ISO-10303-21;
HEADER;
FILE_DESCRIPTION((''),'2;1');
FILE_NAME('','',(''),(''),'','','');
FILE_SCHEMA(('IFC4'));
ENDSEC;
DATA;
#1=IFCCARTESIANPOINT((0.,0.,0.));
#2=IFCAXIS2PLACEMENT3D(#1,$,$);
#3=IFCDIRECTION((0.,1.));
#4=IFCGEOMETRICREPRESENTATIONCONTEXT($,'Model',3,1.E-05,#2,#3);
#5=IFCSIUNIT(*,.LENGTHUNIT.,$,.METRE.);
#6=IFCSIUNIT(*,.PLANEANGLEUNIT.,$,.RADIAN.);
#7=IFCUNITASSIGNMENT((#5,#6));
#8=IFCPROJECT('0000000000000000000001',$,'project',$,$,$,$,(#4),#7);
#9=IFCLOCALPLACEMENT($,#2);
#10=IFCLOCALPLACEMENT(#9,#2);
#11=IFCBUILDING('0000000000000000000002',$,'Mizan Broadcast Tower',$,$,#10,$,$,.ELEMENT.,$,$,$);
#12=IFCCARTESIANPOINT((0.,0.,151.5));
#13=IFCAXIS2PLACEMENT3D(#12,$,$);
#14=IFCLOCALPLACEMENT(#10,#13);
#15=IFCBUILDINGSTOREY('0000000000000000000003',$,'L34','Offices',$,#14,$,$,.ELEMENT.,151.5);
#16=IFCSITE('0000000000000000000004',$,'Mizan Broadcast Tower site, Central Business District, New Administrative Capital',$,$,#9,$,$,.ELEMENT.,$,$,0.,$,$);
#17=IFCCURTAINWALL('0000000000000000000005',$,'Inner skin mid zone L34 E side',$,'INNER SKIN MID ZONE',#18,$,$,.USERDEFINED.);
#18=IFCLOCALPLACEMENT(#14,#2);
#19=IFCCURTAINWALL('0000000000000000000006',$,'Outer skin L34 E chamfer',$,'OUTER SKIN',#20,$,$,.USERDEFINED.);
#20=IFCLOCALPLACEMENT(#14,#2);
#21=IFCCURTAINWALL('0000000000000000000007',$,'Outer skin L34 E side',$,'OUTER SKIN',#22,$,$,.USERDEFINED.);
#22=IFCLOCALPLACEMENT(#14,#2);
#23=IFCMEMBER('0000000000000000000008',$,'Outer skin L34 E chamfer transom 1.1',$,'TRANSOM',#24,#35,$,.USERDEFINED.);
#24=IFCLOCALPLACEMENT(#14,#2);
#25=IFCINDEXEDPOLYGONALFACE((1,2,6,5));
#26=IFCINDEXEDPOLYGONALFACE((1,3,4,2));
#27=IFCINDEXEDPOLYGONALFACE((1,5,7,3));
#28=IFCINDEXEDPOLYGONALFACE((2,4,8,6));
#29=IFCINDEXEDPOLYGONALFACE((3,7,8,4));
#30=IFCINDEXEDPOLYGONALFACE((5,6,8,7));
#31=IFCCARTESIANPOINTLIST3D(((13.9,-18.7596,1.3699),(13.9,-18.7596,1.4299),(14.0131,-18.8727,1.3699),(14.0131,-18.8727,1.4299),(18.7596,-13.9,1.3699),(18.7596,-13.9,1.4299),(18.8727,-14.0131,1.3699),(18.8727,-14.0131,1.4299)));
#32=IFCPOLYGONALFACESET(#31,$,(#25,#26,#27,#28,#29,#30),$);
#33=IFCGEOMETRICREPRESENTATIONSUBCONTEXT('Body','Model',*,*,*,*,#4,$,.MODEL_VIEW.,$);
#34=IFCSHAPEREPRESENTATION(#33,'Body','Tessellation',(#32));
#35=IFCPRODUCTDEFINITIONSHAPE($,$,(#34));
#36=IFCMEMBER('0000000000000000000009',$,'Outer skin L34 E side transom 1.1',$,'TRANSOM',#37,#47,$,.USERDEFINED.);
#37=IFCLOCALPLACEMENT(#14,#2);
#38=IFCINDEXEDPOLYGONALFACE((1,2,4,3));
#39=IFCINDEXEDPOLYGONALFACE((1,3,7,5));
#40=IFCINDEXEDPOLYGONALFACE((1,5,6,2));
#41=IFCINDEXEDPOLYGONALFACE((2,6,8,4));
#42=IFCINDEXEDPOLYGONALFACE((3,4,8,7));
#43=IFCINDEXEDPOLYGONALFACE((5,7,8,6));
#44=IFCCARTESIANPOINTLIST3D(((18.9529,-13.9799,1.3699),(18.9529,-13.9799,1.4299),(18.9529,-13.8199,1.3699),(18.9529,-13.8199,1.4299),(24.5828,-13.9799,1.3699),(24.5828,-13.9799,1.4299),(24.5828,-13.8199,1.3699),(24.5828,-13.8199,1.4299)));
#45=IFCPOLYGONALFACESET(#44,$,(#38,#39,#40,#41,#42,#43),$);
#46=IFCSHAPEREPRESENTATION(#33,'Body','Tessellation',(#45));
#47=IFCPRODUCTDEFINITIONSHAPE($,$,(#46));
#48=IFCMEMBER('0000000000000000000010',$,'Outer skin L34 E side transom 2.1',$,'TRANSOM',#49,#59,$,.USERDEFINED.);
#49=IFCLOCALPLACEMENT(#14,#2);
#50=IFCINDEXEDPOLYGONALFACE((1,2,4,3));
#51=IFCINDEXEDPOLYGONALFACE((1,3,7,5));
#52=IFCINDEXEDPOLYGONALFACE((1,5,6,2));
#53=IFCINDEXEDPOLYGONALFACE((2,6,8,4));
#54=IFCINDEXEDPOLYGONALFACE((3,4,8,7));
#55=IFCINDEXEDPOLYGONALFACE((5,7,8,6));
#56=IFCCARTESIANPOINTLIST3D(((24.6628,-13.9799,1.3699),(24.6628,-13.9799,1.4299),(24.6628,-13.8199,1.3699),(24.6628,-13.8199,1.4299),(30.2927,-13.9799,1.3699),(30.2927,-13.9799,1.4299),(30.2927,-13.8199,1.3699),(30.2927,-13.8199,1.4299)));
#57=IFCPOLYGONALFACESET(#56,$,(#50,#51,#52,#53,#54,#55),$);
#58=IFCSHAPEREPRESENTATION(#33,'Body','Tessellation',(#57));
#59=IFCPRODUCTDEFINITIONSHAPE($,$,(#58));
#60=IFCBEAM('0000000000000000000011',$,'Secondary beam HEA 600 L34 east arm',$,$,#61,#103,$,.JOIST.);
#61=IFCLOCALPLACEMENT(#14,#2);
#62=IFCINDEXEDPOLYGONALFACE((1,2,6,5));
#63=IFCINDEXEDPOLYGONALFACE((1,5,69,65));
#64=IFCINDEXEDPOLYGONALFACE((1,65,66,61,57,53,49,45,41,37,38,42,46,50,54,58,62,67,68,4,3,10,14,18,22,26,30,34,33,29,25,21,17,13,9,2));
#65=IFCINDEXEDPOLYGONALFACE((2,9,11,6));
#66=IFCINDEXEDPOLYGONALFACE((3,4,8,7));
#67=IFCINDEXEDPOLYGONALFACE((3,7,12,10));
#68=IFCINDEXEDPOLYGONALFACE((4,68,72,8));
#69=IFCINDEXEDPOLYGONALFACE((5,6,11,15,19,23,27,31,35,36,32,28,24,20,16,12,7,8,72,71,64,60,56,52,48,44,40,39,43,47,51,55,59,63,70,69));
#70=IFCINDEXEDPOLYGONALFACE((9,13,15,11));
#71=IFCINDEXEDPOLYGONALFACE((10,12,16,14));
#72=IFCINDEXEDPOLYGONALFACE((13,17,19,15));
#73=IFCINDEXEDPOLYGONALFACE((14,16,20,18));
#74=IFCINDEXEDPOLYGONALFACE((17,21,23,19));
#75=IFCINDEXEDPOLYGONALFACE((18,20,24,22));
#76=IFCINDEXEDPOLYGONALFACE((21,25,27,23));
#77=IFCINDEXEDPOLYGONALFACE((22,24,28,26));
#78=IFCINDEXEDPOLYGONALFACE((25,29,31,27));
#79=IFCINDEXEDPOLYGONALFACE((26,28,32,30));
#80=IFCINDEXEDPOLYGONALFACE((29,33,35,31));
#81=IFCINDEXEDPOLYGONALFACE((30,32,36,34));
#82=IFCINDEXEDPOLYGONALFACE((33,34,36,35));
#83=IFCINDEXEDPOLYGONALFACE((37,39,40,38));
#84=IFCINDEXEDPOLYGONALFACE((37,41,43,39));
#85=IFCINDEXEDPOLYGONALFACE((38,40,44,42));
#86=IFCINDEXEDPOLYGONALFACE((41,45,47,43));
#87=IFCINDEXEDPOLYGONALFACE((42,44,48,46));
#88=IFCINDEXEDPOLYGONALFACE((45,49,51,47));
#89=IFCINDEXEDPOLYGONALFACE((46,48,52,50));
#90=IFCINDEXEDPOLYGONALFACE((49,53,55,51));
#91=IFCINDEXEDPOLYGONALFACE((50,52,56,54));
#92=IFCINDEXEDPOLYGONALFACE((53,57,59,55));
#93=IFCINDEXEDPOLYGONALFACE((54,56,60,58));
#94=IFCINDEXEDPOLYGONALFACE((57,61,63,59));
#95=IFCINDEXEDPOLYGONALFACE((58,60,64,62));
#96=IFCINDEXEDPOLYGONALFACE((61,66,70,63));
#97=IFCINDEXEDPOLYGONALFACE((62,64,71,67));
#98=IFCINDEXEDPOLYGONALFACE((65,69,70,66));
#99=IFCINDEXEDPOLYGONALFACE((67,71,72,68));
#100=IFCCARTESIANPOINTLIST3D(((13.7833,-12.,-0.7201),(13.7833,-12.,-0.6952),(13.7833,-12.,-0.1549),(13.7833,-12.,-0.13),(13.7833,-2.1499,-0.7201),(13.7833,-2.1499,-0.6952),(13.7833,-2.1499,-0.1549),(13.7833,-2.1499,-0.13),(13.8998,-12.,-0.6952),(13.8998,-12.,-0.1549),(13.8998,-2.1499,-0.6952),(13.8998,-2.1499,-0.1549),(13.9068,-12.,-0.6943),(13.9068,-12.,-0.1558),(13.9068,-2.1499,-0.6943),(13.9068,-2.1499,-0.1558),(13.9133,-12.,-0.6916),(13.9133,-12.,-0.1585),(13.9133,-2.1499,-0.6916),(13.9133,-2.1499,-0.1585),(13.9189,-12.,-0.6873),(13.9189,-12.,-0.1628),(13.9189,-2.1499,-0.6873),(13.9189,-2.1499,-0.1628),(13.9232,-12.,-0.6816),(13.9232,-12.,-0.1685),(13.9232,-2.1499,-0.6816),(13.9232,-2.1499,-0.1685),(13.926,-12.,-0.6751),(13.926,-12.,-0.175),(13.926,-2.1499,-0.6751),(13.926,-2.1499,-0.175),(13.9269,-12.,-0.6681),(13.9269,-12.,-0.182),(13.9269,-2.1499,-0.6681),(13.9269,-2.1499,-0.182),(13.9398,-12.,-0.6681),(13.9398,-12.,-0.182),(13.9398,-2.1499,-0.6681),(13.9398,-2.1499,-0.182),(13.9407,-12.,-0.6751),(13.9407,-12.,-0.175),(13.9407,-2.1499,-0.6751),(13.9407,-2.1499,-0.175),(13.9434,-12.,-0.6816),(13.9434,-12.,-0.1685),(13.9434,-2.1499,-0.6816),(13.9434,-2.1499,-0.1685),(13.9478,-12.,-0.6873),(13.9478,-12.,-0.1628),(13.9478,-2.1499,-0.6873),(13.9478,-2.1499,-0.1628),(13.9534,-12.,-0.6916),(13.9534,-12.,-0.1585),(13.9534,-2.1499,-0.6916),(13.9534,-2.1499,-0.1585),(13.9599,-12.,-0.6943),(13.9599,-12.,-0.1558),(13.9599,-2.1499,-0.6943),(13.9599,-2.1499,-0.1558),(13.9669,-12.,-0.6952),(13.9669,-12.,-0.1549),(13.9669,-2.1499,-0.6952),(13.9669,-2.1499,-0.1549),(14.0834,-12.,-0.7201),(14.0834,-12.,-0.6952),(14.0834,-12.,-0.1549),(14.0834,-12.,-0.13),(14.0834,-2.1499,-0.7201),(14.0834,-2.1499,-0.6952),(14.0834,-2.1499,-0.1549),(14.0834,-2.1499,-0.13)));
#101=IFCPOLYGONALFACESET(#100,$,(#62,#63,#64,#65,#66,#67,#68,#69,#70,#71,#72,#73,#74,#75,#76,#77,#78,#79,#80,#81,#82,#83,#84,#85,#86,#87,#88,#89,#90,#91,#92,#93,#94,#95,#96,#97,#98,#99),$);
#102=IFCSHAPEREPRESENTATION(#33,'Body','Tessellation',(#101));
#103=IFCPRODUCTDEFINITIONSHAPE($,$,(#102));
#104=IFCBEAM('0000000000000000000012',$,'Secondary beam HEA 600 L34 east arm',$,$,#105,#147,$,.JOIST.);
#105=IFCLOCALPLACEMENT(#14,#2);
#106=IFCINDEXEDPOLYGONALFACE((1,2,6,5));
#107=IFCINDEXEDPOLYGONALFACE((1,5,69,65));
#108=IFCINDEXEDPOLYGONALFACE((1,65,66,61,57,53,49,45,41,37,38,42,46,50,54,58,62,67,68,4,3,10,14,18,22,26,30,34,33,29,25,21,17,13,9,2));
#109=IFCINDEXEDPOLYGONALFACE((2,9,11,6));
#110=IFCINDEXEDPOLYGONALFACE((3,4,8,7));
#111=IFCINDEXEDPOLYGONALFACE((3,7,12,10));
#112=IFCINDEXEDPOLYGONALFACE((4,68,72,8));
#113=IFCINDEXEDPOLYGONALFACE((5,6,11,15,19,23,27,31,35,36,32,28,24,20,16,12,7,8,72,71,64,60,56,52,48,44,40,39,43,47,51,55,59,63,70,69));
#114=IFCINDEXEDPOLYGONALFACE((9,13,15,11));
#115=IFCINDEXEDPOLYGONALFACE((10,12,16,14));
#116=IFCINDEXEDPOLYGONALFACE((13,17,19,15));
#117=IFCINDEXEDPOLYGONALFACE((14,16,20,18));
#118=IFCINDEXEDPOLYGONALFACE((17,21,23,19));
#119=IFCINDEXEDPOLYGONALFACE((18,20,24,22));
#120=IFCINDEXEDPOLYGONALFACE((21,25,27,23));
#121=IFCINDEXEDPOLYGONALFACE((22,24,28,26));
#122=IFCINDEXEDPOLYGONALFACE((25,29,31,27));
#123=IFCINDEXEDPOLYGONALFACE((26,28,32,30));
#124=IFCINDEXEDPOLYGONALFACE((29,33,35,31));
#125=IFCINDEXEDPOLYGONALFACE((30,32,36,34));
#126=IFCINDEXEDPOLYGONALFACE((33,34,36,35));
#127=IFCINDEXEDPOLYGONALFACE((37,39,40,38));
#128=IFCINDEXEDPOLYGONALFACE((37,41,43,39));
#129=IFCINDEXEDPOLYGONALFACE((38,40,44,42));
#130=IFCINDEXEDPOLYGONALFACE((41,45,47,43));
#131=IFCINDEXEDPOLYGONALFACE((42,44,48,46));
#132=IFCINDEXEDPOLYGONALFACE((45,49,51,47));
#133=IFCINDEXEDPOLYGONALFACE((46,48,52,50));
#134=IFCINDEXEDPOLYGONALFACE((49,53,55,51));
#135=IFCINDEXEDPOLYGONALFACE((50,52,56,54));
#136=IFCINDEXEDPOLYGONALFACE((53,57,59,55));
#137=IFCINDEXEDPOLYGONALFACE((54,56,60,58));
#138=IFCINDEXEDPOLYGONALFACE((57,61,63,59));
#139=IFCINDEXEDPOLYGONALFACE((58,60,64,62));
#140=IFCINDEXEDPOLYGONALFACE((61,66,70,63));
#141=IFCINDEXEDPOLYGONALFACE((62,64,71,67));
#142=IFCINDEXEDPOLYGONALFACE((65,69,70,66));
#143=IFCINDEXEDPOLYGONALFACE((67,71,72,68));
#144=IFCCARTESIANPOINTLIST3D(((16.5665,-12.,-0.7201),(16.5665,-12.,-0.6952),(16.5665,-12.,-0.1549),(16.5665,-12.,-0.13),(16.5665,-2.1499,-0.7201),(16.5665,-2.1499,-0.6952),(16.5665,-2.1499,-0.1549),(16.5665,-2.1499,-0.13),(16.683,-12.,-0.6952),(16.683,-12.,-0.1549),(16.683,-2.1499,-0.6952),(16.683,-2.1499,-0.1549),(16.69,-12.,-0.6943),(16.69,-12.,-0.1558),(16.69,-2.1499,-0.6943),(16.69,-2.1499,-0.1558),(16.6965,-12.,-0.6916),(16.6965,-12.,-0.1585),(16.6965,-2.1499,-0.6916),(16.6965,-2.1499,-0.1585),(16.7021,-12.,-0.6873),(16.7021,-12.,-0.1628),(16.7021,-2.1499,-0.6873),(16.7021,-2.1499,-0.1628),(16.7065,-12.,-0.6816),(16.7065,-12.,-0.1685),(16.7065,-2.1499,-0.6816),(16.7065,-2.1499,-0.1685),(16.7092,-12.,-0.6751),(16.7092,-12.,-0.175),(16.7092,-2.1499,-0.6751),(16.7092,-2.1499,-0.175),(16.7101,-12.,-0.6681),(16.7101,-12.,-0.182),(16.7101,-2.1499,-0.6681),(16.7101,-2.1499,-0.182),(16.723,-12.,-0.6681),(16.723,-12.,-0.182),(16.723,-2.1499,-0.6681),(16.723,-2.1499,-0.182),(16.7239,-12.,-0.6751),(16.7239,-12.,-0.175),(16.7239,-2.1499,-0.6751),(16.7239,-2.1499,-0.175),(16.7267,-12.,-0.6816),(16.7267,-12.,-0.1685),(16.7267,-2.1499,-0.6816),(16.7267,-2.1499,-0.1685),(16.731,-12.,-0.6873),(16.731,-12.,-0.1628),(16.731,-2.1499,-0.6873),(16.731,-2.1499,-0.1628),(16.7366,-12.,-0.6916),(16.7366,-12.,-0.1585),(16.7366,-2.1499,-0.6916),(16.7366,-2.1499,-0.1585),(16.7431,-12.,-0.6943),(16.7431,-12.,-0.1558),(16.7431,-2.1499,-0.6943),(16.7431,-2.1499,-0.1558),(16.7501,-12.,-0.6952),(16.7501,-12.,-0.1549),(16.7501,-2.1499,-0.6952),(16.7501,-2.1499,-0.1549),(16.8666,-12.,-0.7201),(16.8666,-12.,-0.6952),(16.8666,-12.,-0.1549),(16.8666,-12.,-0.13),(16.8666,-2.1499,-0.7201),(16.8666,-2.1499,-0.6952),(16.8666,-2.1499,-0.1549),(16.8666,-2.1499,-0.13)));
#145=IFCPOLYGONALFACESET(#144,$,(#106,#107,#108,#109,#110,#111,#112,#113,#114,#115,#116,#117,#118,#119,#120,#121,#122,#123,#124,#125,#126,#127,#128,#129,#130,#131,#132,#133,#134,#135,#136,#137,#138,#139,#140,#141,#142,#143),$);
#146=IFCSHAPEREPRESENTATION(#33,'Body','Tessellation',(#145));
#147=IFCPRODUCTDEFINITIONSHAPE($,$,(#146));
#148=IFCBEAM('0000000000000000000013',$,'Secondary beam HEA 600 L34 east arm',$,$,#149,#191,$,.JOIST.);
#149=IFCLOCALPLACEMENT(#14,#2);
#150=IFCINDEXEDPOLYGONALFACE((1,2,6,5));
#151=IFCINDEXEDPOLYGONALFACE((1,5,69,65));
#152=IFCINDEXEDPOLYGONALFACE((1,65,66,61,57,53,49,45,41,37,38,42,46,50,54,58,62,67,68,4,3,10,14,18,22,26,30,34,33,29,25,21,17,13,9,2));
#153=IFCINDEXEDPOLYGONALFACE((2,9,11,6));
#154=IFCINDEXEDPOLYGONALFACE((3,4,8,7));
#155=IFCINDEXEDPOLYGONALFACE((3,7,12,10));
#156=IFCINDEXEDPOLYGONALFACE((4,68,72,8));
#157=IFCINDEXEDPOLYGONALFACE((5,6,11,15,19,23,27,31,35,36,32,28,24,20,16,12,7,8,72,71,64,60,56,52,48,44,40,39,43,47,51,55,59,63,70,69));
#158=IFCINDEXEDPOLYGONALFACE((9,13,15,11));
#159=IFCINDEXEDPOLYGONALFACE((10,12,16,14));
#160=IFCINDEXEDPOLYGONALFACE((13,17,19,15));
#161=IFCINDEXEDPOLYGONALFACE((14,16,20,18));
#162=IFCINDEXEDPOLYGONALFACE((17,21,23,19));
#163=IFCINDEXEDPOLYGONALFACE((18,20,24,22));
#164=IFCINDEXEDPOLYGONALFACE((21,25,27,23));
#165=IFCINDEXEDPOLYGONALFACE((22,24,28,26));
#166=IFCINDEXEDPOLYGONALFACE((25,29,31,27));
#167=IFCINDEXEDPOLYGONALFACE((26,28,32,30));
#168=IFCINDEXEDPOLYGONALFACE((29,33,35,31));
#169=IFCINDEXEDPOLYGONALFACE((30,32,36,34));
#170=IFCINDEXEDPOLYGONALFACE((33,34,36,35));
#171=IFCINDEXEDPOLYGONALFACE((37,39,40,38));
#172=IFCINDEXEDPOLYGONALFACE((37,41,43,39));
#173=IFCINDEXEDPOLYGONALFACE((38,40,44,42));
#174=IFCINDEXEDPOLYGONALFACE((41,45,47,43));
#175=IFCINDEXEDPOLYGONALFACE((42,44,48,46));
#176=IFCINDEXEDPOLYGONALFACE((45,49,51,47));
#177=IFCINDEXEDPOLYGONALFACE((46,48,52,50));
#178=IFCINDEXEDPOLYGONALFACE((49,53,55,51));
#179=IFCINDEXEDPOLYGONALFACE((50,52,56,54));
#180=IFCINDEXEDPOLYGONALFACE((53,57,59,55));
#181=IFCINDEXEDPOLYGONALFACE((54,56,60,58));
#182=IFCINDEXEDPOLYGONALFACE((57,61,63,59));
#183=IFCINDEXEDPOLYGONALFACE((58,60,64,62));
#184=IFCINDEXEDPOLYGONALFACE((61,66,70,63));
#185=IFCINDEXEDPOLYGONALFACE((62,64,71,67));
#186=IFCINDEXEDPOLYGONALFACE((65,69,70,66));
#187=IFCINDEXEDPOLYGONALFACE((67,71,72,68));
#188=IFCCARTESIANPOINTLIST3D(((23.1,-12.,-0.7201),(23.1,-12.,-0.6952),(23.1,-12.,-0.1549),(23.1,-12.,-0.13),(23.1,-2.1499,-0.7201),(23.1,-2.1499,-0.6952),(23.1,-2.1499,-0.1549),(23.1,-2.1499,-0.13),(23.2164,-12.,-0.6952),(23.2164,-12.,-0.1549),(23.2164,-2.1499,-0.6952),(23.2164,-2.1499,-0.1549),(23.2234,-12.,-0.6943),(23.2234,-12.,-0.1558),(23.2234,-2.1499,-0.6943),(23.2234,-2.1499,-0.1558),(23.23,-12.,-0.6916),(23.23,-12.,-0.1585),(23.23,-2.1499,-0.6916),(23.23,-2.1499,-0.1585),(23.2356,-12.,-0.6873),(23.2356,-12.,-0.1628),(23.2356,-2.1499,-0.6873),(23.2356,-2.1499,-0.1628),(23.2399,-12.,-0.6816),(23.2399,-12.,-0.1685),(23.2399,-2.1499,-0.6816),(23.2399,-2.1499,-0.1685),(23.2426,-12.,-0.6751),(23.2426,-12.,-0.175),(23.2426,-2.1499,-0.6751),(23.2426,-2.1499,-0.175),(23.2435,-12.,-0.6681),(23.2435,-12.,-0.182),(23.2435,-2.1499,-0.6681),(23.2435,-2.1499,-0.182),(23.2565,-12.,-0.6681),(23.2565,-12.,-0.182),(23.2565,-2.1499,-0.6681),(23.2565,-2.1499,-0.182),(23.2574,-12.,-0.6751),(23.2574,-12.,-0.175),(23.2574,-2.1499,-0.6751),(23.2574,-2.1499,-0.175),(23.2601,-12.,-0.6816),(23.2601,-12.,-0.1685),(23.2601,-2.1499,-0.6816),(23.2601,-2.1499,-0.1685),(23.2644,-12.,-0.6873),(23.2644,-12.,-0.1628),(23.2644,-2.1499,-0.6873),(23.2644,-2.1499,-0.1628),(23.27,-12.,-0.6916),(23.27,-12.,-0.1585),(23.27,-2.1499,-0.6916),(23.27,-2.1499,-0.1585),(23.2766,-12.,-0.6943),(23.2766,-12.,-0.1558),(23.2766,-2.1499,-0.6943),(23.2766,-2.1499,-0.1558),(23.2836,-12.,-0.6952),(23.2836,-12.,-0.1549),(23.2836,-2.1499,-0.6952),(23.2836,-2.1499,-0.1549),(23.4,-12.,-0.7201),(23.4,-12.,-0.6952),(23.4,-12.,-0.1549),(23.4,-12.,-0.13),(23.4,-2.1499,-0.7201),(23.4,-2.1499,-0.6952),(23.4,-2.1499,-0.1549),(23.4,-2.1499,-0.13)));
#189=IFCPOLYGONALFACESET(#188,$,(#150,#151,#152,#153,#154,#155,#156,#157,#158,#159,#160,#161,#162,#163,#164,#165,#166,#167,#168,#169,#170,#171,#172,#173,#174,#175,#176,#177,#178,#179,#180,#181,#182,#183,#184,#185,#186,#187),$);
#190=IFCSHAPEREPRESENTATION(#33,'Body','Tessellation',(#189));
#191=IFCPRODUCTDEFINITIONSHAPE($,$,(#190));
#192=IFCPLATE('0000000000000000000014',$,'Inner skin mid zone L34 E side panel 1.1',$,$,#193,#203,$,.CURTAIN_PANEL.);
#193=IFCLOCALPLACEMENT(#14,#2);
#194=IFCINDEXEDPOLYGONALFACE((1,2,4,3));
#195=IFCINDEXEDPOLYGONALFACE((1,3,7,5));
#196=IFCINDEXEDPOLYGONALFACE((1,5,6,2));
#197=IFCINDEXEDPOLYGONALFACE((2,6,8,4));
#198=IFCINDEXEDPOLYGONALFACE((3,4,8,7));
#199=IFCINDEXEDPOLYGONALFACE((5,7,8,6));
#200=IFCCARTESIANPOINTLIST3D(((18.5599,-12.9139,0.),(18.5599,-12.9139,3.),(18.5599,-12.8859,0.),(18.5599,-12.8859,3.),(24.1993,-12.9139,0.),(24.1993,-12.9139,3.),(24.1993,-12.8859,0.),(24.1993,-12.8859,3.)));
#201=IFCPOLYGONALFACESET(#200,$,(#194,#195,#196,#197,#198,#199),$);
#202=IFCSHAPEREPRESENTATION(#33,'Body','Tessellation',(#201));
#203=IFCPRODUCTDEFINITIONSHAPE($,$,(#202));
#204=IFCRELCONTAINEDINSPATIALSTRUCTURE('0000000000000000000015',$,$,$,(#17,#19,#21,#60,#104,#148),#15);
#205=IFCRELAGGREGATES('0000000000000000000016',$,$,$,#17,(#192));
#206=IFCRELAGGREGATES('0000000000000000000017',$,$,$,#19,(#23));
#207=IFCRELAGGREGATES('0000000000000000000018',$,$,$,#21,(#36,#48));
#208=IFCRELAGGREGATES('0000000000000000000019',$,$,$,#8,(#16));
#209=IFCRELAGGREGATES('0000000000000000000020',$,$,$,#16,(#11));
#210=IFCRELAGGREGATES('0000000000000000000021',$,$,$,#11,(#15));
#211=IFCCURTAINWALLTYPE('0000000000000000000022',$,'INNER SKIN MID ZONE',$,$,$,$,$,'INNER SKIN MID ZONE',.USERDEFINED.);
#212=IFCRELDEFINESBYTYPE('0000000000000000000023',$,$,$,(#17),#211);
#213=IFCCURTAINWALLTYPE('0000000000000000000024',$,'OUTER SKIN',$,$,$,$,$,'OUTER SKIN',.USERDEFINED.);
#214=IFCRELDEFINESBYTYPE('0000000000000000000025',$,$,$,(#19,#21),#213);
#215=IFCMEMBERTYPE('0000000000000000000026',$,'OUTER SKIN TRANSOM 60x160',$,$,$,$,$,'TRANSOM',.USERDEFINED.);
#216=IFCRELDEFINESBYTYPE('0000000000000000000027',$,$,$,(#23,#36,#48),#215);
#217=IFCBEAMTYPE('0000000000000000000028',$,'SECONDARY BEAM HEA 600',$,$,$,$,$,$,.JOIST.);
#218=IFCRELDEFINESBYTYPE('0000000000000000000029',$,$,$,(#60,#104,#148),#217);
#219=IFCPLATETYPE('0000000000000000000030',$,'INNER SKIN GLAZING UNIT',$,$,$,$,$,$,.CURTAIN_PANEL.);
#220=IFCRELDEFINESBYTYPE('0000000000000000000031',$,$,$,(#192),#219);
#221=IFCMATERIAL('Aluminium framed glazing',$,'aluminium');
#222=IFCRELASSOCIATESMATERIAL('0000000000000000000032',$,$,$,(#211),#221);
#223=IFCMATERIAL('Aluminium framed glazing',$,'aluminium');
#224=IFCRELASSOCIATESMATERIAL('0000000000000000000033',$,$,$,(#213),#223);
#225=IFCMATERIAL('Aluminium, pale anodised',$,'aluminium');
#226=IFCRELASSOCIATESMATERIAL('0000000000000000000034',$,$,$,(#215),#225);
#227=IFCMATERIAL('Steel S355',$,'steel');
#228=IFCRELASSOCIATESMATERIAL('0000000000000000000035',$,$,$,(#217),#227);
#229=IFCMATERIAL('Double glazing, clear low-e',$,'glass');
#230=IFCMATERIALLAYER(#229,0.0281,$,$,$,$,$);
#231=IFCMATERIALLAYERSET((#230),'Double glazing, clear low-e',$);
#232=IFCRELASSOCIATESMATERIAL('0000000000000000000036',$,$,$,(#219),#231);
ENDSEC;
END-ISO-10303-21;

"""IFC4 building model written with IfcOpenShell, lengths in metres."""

from ifc_helpers import new_model, si_unit, direction, frame, origin, origin_2d, place, context, subcontext, project, spatial, rectangle, i_section, extrude, material, layer, layer_set, material_profile, profile_set, type_object, element, aggregate, save


model = new_model("IFC4")

# Units and contexts
model_context = context("Model", 3, precision=1e-05, world=origin(), true_north=direction((0.0, 1.0)))
body_context = subcontext(model_context, "Body", "Model", "MODEL_VIEW")
ifc_project = project(units=[si_unit("LENGTHUNIT", "METRE"), si_unit("PLANEANGLEUNIT", "RADIAN")], contexts=[model_context])

# Site, building, storey
site_placement = place(None, origin())
site = spatial("IfcSite", under=ifc_project, at=site_placement, Name="Mizan Broadcast Tower site, Central Business District, New Administrative Capital", CompositionType="ELEMENT", RefElevation=0.0)
building_placement = place(site_placement, origin())
building = spatial("IfcBuilding", under=site, at=building_placement, Name="Mizan Broadcast Tower", CompositionType="ELEMENT")
storey_placement = place(building_placement, frame((0.0, 0.0, 151.5)))
storey = spatial("IfcBuildingStorey", under=building, at=storey_placement, Name="L34", Description="Offices", CompositionType="ELEMENT", Elevation=151.5)

# Curtain wall
ifc_material_1 = material(Name="Aluminium framed glazing", Category="aluminium")
curtain_wall_type_1 = type_object("IfcCurtainWallType", Name="INNER SKIN MID ZONE", ElementType="INNER SKIN MID ZONE", PredefinedType="USERDEFINED", material=ifc_material_1)
curtain_wall_1_placement = place(storey_placement, origin())
curtain_wall_1 = element("IfcCurtainWall", 1, at=curtain_wall_1_placement, inside=storey, type_object=curtain_wall_type_1, Name="Inner skin mid zone L34 E side", ObjectType="INNER SKIN MID ZONE", PredefinedType="USERDEFINED")

# Curtain walls
ifc_material_2 = material(Name="Aluminium framed glazing", Category="aluminium")
curtain_wall_type_2 = type_object("IfcCurtainWallType", Name="OUTER SKIN", ElementType="OUTER SKIN", PredefinedType="USERDEFINED", material=ifc_material_2)
curtain_wall_2_placement = place(storey_placement, origin())
curtain_wall_2 = element("IfcCurtainWall", 2, at=curtain_wall_2_placement, inside=storey, type_object=curtain_wall_type_2, Name="Outer skin L34 E chamfer", ObjectType="OUTER SKIN", PredefinedType="USERDEFINED")
curtain_wall_3_placement = place(storey_placement, origin())
curtain_wall_3 = element("IfcCurtainWall", 3, at=curtain_wall_3_placement, inside=storey, type_object=curtain_wall_type_2, Name="Outer skin L34 E side", ObjectType="OUTER SKIN", PredefinedType="USERDEFINED")

# Members
ifc_material_3 = material(Name="Aluminium, pale anodised", Category="aluminium")
ifc_material_profile_1 = material_profile(ifc_material_3, rectangle(XDim=0.1599, YDim=0.0601, at=origin_2d()), Name="TRANSOM 160x60")
ifc_profile_set_1 = profile_set([ifc_material_profile_1], Name="Aluminium, pale anodised")
member_type_1 = type_object("IfcMemberType", Name="OUTER SKIN TRANSOM 60x160", ElementType="TRANSOM", PredefinedType="USERDEFINED", material=ifc_profile_set_1)
member_1_placement = place(storey_placement, frame((13.9565, -18.8162, 1.3999), z_axis=(0.707107, 0.707107, 0.0), x_axis=(-0.707107, 0.707107, 0.0)))
member_1 = element("IfcMember", 4, at=member_1_placement, type_object=member_type_1, Name="Outer skin L34 E chamfer transom 1.1", ObjectType="TRANSOM", PredefinedType="USERDEFINED", context=body_context, shape_type="SweptSolid", body=[
    extrude(rectangle(XDim=0.1599, YDim=0.0601, at=origin_2d()), origin(), (0.0, 0.0, 1.0), 6.8726),
])
member_2_placement = place(storey_placement, frame((18.9529, -13.8999, 1.3999), z_axis=(1.0, 0.0, 0.0), x_axis=(0.0, 1.0, 0.0)))
member_2 = element("IfcMember", 5, at=member_2_placement, type_object=member_type_1, Name="Outer skin L34 E side transom 1.1", ObjectType="TRANSOM", PredefinedType="USERDEFINED", context=body_context, shape_type="SweptSolid", body=[
    extrude(rectangle(XDim=0.1599, YDim=0.0601, at=origin_2d()), origin(), (0.0, 0.0, 1.0), 5.6299),
])
member_3_placement = place(storey_placement, frame((24.6628, -13.8999, 1.3999), z_axis=(1.0, 0.0, 0.0), x_axis=(0.0, 1.0, 0.0)))
member_3 = element("IfcMember", 6, at=member_3_placement, type_object=member_type_1, Name="Outer skin L34 E side transom 2.1", ObjectType="TRANSOM", PredefinedType="USERDEFINED", context=body_context, shape_type="SweptSolid", body=[
    extrude(rectangle(XDim=0.1599, YDim=0.0601, at=origin_2d()), origin(), (0.0, 0.0, 1.0), 5.6299),
])

# Beams
ifc_material_4 = material(Name="Steel S355", Category="steel")
ifc_material_profile_2 = material_profile(ifc_material_4, i_section(OverallWidth=0.3, OverallDepth=0.5901, WebThickness=0.0129, FlangeThickness=0.0249, FilletRadius=0.0271, at=origin_2d()), Name="HEA 600")
ifc_profile_set_2 = profile_set([ifc_material_profile_2], Name="Steel S355")
beam_type_1 = type_object("IfcBeamType", Name="SECONDARY BEAM HEA 600", PredefinedType="JOIST", material=ifc_profile_set_2)
for number, where, z_axis, x_axis, name in (
    (7, (13.9333, -12.0, -0.425), (0.0, 1.0, 0.0), (-1.0, 0.0, 0.0), "Secondary beam HEA 600 L34 east arm"),
    (8, (16.7166, -12.0, -0.425), (0.0, 1.0, 0.0), (-1.0, 0.0, 0.0), "Secondary beam HEA 600 L34 east arm"),
    (9, (23.25, -12.0, -0.425), (0.0, 1.0, 0.0), (-1.0, 0.0, 0.0), "Secondary beam HEA 600 L34 east arm"),
):
    element("IfcBeam", number, at=place(storey_placement, frame(where, z_axis=z_axis, x_axis=x_axis)), inside=storey, type_object=beam_type_1, Name=name, PredefinedType="JOIST", context=body_context, shape_type="SweptSolid", body=[
        extrude(i_section(OverallWidth=0.3, OverallDepth=0.5901, WebThickness=0.0129, FlangeThickness=0.0249, FilletRadius=0.0271, at=origin_2d()), origin(), (0.0, 0.0, 1.0), 9.8501),
    ])

# Plate
ifc_material_5 = material(Name="Double glazing, clear low-e", Category="glass")
ifc_layer_1 = layer(ifc_material_5, 0.0281)
ifc_layer_set_1 = layer_set([ifc_layer_1], Name="Double glazing, clear low-e")
plate_type_1 = type_object("IfcPlateType", Name="INNER SKIN GLAZING UNIT", PredefinedType="CURTAIN_PANEL", material=ifc_layer_set_1)
plate_1_placement = place(storey_placement, frame((21.3796, -12.8999, 0.0), z_axis=(0.0, 0.0, 1.0), x_axis=(1.0, 0.0, 0.0)))
plate_1 = element("IfcPlate", 10, at=plate_1_placement, type_object=plate_type_1, Name="Inner skin mid zone L34 E side panel 1.1", PredefinedType="CURTAIN_PANEL", context=body_context, shape_type="SweptSolid", body=[
    extrude(rectangle(XDim=5.6394, YDim=0.0281, at=origin_2d()), origin(), (0.0, 0.0, 1.0), 3.0),
])
aggregate(curtain_wall_1, [plate_1])
aggregate(curtain_wall_2, [member_1])
aggregate(curtain_wall_3, [member_2, member_3])

save(model, "model.ifc")
